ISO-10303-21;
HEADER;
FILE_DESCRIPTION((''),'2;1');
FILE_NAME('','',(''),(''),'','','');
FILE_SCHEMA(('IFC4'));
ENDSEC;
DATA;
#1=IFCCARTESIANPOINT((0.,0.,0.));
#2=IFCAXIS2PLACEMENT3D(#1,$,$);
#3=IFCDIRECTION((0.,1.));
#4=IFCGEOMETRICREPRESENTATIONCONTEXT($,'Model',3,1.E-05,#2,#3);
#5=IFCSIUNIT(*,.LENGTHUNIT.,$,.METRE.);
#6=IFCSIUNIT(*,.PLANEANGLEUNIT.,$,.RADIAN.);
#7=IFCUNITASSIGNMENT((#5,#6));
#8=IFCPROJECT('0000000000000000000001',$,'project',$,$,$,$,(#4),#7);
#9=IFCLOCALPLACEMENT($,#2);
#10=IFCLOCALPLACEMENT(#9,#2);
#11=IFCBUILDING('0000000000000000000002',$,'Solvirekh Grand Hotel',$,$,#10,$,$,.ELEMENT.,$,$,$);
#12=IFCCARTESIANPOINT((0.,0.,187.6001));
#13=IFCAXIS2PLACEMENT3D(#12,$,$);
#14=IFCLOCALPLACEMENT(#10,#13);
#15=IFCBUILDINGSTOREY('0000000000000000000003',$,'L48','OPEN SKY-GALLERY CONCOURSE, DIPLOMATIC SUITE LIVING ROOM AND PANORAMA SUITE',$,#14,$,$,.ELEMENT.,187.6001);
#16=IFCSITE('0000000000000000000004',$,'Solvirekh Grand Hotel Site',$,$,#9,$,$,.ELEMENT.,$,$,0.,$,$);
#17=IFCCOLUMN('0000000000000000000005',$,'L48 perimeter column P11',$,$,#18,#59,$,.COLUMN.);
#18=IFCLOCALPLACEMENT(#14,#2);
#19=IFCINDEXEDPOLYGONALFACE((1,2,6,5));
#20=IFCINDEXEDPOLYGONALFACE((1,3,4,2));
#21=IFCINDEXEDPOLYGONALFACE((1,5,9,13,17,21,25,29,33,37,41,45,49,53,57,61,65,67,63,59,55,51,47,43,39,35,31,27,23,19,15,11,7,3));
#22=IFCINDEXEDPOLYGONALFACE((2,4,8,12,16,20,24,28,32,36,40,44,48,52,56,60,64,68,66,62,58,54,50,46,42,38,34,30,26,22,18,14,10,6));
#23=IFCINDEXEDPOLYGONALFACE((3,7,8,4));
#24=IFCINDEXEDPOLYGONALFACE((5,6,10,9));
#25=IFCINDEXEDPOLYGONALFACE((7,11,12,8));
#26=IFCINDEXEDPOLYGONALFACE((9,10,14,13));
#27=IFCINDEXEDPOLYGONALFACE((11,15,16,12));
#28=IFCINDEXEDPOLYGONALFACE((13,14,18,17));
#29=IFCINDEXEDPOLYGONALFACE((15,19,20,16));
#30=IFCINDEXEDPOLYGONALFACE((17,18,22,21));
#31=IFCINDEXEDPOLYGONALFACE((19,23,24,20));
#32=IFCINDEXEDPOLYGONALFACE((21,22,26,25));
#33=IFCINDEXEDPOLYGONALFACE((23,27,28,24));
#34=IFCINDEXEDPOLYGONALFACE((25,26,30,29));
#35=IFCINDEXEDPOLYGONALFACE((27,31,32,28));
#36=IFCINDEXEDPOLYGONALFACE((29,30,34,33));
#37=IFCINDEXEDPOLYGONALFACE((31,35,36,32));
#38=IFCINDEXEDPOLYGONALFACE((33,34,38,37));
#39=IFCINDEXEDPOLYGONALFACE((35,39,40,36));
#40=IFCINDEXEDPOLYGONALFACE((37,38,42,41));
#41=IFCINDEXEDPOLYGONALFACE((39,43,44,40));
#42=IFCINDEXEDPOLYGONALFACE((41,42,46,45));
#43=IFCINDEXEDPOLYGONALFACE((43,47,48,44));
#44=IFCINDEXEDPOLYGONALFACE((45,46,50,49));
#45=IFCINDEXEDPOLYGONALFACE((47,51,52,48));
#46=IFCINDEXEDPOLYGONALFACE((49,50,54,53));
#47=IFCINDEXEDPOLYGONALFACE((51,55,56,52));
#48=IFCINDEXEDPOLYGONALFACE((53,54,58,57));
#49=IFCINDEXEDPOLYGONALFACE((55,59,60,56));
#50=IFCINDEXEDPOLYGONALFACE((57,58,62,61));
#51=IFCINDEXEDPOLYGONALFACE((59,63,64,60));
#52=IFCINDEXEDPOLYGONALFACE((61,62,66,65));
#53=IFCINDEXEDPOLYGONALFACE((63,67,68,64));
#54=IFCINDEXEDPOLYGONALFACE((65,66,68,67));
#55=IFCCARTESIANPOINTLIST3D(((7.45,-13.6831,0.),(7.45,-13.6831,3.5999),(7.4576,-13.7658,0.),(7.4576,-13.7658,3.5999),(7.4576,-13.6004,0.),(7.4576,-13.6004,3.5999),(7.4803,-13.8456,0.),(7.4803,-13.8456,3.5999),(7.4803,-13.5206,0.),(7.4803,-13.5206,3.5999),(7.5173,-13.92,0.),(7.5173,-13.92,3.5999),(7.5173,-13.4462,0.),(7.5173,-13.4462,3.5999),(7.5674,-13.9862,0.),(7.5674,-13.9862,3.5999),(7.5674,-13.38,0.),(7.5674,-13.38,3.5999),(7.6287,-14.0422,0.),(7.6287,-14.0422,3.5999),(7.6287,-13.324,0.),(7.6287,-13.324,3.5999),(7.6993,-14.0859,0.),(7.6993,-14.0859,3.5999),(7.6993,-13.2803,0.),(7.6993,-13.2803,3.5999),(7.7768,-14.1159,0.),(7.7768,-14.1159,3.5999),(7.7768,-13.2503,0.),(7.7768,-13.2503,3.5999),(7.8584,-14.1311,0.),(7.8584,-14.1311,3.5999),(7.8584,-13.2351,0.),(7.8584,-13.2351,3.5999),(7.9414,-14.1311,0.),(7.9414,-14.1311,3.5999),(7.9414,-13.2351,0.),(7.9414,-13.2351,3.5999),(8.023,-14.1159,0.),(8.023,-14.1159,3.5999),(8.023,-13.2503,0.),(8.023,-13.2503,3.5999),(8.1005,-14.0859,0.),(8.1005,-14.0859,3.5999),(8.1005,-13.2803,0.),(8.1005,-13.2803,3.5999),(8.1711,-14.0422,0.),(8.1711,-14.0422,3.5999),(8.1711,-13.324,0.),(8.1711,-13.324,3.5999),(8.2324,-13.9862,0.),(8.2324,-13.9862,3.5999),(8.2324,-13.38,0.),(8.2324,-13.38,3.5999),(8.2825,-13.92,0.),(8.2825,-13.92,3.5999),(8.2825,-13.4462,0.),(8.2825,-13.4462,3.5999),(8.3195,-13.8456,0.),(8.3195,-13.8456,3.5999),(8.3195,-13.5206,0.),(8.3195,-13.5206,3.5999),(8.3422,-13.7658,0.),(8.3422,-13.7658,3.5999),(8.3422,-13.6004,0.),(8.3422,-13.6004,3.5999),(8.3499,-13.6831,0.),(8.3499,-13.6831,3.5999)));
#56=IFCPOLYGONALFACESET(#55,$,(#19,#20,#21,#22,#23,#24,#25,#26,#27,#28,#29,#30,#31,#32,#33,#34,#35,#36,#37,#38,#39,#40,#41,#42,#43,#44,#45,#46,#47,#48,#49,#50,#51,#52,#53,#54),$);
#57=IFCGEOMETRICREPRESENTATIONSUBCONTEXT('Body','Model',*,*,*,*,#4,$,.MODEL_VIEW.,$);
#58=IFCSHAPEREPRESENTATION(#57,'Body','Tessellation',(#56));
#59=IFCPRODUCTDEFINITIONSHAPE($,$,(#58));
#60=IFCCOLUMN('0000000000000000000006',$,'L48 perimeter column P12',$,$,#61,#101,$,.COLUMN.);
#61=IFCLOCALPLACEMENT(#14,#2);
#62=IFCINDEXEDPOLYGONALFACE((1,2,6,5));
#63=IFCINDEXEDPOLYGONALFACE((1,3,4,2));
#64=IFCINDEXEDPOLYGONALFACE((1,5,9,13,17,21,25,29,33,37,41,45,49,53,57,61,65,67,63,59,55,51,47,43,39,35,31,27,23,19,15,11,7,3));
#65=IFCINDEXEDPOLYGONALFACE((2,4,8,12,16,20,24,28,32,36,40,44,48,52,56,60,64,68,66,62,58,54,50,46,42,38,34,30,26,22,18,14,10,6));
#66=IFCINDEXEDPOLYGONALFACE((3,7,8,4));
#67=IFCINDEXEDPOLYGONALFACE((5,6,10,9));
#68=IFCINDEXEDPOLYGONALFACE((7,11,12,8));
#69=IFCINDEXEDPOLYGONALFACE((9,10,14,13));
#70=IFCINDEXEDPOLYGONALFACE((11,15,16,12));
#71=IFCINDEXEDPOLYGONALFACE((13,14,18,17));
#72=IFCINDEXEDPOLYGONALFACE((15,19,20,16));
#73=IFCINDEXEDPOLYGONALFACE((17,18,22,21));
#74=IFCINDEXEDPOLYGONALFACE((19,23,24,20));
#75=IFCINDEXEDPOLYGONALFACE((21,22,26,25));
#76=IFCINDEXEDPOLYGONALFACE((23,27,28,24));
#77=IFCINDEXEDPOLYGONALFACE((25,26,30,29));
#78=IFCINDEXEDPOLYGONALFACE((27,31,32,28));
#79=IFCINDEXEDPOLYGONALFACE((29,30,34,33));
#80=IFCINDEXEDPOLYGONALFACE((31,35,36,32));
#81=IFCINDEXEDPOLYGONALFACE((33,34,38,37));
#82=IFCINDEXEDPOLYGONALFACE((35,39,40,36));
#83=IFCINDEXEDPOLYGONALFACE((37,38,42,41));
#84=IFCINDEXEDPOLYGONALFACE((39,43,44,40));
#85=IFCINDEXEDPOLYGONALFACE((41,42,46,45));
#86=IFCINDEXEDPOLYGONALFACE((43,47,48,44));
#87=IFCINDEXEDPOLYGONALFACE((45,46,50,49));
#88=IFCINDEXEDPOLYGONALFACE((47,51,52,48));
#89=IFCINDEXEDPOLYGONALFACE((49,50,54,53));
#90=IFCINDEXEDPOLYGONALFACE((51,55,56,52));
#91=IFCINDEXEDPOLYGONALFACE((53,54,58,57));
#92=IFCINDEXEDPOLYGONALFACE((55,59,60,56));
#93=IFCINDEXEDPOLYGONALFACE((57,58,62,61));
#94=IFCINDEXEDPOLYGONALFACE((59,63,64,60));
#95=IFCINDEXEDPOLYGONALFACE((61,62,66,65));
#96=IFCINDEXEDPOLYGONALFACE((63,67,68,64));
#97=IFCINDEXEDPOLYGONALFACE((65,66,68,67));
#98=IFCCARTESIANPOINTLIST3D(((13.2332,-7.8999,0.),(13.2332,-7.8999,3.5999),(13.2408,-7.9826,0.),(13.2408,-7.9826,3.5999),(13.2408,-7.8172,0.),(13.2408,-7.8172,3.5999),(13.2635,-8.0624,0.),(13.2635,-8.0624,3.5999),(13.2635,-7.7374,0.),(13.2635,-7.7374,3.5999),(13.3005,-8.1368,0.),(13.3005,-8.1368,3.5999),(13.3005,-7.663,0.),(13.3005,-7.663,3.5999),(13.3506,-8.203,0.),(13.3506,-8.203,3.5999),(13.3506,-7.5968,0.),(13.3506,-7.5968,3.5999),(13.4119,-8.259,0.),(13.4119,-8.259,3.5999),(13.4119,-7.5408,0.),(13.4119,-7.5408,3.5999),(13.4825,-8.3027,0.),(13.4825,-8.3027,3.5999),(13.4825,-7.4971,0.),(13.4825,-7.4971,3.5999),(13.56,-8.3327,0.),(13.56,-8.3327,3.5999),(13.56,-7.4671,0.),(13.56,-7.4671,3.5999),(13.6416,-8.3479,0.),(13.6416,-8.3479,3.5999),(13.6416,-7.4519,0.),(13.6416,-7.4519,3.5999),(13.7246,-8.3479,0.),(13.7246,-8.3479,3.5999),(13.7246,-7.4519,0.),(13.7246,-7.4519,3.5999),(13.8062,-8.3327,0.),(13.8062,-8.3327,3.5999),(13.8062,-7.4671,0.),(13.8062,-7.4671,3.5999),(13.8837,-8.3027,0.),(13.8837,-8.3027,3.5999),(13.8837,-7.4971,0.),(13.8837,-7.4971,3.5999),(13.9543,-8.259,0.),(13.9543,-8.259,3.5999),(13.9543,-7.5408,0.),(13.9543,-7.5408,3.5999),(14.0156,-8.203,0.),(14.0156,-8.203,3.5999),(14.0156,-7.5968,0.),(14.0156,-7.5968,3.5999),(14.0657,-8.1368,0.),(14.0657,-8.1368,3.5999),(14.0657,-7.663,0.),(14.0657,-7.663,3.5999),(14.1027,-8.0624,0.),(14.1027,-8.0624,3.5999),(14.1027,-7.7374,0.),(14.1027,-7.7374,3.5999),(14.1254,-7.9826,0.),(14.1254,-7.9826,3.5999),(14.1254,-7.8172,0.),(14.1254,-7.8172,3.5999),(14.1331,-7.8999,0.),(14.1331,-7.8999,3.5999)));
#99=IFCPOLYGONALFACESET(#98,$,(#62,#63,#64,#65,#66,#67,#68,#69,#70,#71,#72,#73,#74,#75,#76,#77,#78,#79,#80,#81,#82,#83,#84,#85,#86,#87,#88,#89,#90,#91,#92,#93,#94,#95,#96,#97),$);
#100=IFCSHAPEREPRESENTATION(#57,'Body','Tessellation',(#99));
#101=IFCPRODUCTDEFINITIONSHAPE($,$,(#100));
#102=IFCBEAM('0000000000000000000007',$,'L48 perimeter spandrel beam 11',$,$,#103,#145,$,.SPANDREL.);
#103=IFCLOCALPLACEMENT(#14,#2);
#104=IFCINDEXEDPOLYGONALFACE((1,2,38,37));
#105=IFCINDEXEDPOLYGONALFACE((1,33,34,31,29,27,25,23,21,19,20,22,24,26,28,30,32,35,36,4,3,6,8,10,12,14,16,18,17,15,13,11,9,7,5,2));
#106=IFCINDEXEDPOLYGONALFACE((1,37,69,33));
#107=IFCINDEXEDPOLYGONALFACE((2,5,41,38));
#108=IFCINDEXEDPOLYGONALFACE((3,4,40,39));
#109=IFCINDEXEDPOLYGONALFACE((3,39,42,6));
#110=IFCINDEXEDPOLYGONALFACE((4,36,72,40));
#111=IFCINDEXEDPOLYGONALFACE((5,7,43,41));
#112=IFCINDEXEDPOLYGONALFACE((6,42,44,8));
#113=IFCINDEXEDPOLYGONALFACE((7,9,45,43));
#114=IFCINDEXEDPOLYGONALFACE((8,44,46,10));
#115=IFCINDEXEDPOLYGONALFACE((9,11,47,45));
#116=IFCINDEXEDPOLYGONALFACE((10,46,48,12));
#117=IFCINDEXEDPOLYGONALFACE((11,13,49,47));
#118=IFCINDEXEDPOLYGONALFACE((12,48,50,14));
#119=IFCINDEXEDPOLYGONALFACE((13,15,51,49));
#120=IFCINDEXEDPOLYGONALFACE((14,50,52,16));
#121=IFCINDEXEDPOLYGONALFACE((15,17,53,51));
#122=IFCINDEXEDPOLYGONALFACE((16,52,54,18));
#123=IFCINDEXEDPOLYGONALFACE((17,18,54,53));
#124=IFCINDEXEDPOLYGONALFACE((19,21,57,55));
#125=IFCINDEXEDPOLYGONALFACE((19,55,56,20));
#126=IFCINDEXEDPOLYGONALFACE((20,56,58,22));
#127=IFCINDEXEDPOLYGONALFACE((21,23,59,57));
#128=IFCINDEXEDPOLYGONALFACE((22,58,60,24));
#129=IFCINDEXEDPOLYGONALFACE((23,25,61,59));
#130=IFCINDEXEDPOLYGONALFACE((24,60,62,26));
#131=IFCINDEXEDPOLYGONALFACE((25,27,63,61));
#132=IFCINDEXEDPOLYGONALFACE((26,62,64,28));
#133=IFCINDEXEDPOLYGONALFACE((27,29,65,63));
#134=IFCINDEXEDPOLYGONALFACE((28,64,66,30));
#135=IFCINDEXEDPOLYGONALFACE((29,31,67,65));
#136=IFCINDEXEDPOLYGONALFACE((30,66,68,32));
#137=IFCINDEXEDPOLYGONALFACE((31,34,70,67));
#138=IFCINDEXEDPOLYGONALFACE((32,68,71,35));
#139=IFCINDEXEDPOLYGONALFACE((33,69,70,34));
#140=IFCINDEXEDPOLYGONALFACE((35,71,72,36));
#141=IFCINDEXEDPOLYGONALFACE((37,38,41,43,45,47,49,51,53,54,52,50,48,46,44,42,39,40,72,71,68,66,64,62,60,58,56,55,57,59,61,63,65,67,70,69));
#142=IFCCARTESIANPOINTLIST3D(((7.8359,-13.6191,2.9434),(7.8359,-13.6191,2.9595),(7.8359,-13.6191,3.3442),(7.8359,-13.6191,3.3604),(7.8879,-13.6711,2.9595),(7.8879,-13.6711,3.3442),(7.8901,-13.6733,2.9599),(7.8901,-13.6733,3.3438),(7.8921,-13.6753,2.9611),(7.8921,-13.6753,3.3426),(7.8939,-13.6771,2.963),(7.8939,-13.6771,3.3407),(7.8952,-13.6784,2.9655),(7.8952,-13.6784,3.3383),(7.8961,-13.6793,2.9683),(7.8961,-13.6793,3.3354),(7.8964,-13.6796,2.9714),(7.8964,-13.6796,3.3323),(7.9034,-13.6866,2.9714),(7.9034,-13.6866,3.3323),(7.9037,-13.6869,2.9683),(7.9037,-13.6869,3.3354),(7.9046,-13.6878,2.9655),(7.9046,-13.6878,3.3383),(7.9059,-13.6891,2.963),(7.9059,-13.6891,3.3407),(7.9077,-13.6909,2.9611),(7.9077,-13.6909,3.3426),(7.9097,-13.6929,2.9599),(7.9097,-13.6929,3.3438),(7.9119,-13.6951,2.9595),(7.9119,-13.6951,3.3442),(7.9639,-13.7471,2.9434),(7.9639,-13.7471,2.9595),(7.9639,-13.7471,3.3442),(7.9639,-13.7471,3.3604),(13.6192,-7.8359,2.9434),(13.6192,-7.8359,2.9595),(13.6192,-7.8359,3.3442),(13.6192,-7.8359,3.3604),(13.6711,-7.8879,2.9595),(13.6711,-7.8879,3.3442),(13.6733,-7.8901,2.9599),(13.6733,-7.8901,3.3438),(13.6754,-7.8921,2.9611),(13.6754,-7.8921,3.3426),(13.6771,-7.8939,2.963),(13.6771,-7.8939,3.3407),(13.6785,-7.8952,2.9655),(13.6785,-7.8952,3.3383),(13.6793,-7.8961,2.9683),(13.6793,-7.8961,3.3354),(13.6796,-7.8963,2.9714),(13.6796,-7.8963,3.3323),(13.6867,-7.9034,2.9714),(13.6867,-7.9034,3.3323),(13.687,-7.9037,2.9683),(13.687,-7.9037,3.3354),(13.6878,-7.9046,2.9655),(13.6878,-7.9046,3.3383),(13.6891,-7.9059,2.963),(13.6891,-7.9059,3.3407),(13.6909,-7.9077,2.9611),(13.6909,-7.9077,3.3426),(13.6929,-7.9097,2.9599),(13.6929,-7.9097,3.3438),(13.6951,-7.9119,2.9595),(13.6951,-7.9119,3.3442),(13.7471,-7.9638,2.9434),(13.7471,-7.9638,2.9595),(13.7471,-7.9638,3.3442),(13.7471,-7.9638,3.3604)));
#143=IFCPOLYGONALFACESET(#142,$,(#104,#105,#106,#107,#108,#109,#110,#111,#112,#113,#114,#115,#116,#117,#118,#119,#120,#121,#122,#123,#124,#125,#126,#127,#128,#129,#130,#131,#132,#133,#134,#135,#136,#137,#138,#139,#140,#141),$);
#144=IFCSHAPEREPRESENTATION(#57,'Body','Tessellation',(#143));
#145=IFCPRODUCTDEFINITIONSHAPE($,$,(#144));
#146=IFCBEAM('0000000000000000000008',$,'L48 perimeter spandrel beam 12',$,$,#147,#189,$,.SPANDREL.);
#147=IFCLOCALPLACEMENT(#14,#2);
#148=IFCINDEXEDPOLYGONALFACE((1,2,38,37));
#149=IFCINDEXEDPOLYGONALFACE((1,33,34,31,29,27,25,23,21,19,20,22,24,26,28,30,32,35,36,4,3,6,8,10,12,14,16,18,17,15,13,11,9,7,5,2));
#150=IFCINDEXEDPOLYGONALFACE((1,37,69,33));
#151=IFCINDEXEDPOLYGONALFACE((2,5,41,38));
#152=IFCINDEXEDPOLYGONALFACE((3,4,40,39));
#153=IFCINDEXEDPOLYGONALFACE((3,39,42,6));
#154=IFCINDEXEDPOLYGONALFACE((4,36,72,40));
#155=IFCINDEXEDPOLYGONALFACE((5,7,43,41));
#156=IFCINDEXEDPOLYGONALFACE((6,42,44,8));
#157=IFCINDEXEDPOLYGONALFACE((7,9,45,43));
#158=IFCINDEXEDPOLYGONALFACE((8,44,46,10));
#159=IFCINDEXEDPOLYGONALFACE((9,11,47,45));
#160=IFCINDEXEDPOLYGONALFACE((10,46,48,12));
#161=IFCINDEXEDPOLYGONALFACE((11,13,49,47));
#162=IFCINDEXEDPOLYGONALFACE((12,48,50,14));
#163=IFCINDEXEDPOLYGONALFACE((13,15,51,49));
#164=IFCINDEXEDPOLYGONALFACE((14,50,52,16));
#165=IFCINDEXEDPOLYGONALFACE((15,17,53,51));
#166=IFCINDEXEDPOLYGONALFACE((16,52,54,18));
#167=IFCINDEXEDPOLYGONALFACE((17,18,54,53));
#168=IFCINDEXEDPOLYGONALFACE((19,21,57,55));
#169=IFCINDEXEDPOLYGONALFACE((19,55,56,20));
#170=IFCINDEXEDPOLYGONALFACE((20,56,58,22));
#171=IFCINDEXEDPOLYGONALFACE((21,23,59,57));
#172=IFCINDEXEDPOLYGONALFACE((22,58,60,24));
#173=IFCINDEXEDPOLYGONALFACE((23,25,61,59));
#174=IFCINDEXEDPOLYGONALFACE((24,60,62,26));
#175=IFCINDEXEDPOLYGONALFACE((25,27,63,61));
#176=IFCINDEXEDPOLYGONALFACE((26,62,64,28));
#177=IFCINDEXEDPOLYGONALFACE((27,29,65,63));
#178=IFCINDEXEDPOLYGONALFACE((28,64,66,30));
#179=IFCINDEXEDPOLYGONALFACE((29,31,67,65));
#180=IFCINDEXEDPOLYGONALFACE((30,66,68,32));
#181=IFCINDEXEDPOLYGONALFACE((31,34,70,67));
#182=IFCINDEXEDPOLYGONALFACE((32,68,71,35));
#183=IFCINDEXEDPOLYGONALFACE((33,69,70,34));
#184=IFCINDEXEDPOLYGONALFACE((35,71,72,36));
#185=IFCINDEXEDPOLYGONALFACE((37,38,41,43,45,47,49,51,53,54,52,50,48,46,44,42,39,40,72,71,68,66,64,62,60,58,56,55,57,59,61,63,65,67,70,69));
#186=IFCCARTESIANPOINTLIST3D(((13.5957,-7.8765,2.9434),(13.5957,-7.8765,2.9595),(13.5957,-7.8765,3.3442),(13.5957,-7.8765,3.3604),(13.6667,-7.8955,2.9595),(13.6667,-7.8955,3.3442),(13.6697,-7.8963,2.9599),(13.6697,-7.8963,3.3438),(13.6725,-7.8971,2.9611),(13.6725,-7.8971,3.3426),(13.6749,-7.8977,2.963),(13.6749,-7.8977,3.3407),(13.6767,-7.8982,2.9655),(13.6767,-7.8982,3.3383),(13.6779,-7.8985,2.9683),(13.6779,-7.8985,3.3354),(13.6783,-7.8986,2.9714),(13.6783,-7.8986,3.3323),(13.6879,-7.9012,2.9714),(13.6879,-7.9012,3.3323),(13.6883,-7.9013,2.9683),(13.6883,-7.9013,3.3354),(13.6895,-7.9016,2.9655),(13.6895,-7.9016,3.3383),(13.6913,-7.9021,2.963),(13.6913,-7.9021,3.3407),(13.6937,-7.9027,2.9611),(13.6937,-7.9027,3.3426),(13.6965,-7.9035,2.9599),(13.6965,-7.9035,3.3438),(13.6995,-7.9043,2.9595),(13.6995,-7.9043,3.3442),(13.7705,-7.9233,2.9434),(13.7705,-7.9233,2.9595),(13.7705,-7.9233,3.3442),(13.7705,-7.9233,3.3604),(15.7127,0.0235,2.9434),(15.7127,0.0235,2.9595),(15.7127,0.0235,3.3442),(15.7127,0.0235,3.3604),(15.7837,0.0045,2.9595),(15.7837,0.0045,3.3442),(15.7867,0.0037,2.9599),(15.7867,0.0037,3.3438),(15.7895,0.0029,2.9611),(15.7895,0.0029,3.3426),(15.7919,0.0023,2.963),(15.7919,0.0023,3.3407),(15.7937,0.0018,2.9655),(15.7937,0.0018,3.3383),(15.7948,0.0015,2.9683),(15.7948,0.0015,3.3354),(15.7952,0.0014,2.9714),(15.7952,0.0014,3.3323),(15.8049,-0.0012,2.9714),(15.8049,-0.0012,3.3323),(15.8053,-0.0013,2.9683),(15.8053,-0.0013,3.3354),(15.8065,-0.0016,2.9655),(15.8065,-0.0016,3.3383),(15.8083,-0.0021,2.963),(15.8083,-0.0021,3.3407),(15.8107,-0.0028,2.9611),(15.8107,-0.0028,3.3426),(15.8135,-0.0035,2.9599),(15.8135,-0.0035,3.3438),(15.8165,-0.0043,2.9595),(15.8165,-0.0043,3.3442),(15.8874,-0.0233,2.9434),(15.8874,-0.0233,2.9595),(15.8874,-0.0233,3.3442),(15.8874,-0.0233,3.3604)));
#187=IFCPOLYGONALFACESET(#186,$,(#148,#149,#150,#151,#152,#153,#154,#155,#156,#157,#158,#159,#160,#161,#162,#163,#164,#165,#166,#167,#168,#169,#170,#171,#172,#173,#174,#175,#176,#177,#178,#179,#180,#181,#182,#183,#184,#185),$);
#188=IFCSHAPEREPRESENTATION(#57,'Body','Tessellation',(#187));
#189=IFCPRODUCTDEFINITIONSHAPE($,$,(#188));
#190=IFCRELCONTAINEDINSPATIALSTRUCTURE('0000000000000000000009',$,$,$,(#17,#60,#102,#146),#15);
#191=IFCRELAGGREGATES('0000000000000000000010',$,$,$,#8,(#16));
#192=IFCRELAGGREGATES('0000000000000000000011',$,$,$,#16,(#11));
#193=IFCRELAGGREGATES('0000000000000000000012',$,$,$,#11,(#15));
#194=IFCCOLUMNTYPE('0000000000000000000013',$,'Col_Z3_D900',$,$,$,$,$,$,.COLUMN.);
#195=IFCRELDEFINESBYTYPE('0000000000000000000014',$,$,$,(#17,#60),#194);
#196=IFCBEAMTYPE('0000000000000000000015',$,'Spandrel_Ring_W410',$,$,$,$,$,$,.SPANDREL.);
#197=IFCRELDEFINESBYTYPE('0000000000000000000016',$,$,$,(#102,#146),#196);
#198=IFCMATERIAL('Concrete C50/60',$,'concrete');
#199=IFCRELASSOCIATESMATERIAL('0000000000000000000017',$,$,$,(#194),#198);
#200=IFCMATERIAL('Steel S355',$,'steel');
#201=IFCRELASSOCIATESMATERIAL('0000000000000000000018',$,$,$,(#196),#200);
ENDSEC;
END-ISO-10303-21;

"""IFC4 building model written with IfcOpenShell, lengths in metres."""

from ifc_helpers import new_model, si_unit, direction, frame, origin, origin_2d, place, context, subcontext, project, spatial, circle, i_section, extrude, material, material_profile, profile_set, type_object, element, save


model = new_model("IFC4")

# Units and contexts
model_context = context("Model", 3, precision=1e-05, world=origin(), true_north=direction((0.0, 1.0)))
body_context = subcontext(model_context, "Body", "Model", "MODEL_VIEW")
ifc_project = project(units=[si_unit("LENGTHUNIT", "METRE"), si_unit("PLANEANGLEUNIT", "RADIAN")], contexts=[model_context])

# Site, building, storey
site_placement = place(None, origin())
site = spatial("IfcSite", under=ifc_project, at=site_placement, Name="Solvirekh Grand Hotel Site", CompositionType="ELEMENT", RefElevation=0.0)
building_placement = place(site_placement, origin())
building = spatial("IfcBuilding", under=site, at=building_placement, Name="Solvirekh Grand Hotel", CompositionType="ELEMENT")
storey_placement = place(building_placement, frame((0.0, 0.0, 187.6001)))
storey = spatial("IfcBuildingStorey", under=building, at=storey_placement, Name="L48", Description="OPEN SKY-GALLERY CONCOURSE, DIPLOMATIC SUITE LIVING ROOM AND PANORAMA SUITE", CompositionType="ELEMENT", Elevation=187.6001)

# Columns
ifc_material_1 = material(Name="Concrete C50/60", Category="concrete")
ifc_material_profile_1 = material_profile(ifc_material_1, circle(Radius=0.45, at=origin_2d()), Name="RC CIRC D900")
ifc_profile_set_1 = profile_set([ifc_material_profile_1], Name="Concrete C50/60")
column_type = type_object("IfcColumnType", Name="Col_Z3_D900", PredefinedType="COLUMN", material=ifc_profile_set_1)
for number, where, z_axis, x_axis, name in (
    (1, (7.8999, -13.6831, 0.0), (0.0, 0.0, 1.0), (1.0, 0.0, 0.0), "L48 perimeter column P11"),
    (2, (13.6831, -7.8999, 0.0), (0.0, 0.0, 1.0), (1.0, 0.0, 0.0), "L48 perimeter column P12"),
):
    element("IfcColumn", number, at=place(storey_placement, frame(where, z_axis=z_axis, x_axis=x_axis)), inside=storey, type_object=column_type, Name=name, PredefinedType="COLUMN", context=body_context, shape_type="SweptSolid", body=[
        extrude(circle(Radius=0.45, at=origin_2d()), origin(), (0.0, 0.0, 1.0), 3.5999),
    ])

# Beams
ifc_material_2 = material(Name="Steel S355", Category="steel")
ifc_material_profile_2 = material_profile(ifc_material_2, i_section(OverallWidth=0.1809, OverallDepth=0.417, WebThickness=0.01, FlangeThickness=0.0161, FilletRadius=0.012, at=origin_2d()), Name="W410X85")
ifc_profile_set_2 = profile_set([ifc_material_profile_2], Name="Steel S355")
beam_type = type_object("IfcBeamType", Name="Spandrel_Ring_W410", PredefinedType="SPANDREL", material=ifc_profile_set_2)
for number, where, z_axis, x_axis, name in (
    (3, (7.8999, -13.6831, 3.1519), (0.707107, 0.707107, 0.0), (-0.707107, 0.707107, 0.0), "L48 perimeter spandrel beam 11"),
    (4, (13.6831, -7.8999, 3.1519), (0.258839, 0.965921, 0.0), (-0.965921, 0.258839, 0.0), "L48 perimeter spandrel beam 12"),
):
    element("IfcBeam", number, at=place(storey_placement, frame(where, z_axis=z_axis, x_axis=x_axis)), inside=storey, type_object=beam_type, Name=name, PredefinedType="SPANDREL", context=body_context, shape_type="SweptSolid", body=[
        extrude(i_section(OverallWidth=0.1809, OverallDepth=0.417, WebThickness=0.01, FlangeThickness=0.0161, FilletRadius=0.012, at=origin_2d()), origin(), (0.0, 0.0, 1.0), 8.1787),
    ])

save(model, "model.ifc")
